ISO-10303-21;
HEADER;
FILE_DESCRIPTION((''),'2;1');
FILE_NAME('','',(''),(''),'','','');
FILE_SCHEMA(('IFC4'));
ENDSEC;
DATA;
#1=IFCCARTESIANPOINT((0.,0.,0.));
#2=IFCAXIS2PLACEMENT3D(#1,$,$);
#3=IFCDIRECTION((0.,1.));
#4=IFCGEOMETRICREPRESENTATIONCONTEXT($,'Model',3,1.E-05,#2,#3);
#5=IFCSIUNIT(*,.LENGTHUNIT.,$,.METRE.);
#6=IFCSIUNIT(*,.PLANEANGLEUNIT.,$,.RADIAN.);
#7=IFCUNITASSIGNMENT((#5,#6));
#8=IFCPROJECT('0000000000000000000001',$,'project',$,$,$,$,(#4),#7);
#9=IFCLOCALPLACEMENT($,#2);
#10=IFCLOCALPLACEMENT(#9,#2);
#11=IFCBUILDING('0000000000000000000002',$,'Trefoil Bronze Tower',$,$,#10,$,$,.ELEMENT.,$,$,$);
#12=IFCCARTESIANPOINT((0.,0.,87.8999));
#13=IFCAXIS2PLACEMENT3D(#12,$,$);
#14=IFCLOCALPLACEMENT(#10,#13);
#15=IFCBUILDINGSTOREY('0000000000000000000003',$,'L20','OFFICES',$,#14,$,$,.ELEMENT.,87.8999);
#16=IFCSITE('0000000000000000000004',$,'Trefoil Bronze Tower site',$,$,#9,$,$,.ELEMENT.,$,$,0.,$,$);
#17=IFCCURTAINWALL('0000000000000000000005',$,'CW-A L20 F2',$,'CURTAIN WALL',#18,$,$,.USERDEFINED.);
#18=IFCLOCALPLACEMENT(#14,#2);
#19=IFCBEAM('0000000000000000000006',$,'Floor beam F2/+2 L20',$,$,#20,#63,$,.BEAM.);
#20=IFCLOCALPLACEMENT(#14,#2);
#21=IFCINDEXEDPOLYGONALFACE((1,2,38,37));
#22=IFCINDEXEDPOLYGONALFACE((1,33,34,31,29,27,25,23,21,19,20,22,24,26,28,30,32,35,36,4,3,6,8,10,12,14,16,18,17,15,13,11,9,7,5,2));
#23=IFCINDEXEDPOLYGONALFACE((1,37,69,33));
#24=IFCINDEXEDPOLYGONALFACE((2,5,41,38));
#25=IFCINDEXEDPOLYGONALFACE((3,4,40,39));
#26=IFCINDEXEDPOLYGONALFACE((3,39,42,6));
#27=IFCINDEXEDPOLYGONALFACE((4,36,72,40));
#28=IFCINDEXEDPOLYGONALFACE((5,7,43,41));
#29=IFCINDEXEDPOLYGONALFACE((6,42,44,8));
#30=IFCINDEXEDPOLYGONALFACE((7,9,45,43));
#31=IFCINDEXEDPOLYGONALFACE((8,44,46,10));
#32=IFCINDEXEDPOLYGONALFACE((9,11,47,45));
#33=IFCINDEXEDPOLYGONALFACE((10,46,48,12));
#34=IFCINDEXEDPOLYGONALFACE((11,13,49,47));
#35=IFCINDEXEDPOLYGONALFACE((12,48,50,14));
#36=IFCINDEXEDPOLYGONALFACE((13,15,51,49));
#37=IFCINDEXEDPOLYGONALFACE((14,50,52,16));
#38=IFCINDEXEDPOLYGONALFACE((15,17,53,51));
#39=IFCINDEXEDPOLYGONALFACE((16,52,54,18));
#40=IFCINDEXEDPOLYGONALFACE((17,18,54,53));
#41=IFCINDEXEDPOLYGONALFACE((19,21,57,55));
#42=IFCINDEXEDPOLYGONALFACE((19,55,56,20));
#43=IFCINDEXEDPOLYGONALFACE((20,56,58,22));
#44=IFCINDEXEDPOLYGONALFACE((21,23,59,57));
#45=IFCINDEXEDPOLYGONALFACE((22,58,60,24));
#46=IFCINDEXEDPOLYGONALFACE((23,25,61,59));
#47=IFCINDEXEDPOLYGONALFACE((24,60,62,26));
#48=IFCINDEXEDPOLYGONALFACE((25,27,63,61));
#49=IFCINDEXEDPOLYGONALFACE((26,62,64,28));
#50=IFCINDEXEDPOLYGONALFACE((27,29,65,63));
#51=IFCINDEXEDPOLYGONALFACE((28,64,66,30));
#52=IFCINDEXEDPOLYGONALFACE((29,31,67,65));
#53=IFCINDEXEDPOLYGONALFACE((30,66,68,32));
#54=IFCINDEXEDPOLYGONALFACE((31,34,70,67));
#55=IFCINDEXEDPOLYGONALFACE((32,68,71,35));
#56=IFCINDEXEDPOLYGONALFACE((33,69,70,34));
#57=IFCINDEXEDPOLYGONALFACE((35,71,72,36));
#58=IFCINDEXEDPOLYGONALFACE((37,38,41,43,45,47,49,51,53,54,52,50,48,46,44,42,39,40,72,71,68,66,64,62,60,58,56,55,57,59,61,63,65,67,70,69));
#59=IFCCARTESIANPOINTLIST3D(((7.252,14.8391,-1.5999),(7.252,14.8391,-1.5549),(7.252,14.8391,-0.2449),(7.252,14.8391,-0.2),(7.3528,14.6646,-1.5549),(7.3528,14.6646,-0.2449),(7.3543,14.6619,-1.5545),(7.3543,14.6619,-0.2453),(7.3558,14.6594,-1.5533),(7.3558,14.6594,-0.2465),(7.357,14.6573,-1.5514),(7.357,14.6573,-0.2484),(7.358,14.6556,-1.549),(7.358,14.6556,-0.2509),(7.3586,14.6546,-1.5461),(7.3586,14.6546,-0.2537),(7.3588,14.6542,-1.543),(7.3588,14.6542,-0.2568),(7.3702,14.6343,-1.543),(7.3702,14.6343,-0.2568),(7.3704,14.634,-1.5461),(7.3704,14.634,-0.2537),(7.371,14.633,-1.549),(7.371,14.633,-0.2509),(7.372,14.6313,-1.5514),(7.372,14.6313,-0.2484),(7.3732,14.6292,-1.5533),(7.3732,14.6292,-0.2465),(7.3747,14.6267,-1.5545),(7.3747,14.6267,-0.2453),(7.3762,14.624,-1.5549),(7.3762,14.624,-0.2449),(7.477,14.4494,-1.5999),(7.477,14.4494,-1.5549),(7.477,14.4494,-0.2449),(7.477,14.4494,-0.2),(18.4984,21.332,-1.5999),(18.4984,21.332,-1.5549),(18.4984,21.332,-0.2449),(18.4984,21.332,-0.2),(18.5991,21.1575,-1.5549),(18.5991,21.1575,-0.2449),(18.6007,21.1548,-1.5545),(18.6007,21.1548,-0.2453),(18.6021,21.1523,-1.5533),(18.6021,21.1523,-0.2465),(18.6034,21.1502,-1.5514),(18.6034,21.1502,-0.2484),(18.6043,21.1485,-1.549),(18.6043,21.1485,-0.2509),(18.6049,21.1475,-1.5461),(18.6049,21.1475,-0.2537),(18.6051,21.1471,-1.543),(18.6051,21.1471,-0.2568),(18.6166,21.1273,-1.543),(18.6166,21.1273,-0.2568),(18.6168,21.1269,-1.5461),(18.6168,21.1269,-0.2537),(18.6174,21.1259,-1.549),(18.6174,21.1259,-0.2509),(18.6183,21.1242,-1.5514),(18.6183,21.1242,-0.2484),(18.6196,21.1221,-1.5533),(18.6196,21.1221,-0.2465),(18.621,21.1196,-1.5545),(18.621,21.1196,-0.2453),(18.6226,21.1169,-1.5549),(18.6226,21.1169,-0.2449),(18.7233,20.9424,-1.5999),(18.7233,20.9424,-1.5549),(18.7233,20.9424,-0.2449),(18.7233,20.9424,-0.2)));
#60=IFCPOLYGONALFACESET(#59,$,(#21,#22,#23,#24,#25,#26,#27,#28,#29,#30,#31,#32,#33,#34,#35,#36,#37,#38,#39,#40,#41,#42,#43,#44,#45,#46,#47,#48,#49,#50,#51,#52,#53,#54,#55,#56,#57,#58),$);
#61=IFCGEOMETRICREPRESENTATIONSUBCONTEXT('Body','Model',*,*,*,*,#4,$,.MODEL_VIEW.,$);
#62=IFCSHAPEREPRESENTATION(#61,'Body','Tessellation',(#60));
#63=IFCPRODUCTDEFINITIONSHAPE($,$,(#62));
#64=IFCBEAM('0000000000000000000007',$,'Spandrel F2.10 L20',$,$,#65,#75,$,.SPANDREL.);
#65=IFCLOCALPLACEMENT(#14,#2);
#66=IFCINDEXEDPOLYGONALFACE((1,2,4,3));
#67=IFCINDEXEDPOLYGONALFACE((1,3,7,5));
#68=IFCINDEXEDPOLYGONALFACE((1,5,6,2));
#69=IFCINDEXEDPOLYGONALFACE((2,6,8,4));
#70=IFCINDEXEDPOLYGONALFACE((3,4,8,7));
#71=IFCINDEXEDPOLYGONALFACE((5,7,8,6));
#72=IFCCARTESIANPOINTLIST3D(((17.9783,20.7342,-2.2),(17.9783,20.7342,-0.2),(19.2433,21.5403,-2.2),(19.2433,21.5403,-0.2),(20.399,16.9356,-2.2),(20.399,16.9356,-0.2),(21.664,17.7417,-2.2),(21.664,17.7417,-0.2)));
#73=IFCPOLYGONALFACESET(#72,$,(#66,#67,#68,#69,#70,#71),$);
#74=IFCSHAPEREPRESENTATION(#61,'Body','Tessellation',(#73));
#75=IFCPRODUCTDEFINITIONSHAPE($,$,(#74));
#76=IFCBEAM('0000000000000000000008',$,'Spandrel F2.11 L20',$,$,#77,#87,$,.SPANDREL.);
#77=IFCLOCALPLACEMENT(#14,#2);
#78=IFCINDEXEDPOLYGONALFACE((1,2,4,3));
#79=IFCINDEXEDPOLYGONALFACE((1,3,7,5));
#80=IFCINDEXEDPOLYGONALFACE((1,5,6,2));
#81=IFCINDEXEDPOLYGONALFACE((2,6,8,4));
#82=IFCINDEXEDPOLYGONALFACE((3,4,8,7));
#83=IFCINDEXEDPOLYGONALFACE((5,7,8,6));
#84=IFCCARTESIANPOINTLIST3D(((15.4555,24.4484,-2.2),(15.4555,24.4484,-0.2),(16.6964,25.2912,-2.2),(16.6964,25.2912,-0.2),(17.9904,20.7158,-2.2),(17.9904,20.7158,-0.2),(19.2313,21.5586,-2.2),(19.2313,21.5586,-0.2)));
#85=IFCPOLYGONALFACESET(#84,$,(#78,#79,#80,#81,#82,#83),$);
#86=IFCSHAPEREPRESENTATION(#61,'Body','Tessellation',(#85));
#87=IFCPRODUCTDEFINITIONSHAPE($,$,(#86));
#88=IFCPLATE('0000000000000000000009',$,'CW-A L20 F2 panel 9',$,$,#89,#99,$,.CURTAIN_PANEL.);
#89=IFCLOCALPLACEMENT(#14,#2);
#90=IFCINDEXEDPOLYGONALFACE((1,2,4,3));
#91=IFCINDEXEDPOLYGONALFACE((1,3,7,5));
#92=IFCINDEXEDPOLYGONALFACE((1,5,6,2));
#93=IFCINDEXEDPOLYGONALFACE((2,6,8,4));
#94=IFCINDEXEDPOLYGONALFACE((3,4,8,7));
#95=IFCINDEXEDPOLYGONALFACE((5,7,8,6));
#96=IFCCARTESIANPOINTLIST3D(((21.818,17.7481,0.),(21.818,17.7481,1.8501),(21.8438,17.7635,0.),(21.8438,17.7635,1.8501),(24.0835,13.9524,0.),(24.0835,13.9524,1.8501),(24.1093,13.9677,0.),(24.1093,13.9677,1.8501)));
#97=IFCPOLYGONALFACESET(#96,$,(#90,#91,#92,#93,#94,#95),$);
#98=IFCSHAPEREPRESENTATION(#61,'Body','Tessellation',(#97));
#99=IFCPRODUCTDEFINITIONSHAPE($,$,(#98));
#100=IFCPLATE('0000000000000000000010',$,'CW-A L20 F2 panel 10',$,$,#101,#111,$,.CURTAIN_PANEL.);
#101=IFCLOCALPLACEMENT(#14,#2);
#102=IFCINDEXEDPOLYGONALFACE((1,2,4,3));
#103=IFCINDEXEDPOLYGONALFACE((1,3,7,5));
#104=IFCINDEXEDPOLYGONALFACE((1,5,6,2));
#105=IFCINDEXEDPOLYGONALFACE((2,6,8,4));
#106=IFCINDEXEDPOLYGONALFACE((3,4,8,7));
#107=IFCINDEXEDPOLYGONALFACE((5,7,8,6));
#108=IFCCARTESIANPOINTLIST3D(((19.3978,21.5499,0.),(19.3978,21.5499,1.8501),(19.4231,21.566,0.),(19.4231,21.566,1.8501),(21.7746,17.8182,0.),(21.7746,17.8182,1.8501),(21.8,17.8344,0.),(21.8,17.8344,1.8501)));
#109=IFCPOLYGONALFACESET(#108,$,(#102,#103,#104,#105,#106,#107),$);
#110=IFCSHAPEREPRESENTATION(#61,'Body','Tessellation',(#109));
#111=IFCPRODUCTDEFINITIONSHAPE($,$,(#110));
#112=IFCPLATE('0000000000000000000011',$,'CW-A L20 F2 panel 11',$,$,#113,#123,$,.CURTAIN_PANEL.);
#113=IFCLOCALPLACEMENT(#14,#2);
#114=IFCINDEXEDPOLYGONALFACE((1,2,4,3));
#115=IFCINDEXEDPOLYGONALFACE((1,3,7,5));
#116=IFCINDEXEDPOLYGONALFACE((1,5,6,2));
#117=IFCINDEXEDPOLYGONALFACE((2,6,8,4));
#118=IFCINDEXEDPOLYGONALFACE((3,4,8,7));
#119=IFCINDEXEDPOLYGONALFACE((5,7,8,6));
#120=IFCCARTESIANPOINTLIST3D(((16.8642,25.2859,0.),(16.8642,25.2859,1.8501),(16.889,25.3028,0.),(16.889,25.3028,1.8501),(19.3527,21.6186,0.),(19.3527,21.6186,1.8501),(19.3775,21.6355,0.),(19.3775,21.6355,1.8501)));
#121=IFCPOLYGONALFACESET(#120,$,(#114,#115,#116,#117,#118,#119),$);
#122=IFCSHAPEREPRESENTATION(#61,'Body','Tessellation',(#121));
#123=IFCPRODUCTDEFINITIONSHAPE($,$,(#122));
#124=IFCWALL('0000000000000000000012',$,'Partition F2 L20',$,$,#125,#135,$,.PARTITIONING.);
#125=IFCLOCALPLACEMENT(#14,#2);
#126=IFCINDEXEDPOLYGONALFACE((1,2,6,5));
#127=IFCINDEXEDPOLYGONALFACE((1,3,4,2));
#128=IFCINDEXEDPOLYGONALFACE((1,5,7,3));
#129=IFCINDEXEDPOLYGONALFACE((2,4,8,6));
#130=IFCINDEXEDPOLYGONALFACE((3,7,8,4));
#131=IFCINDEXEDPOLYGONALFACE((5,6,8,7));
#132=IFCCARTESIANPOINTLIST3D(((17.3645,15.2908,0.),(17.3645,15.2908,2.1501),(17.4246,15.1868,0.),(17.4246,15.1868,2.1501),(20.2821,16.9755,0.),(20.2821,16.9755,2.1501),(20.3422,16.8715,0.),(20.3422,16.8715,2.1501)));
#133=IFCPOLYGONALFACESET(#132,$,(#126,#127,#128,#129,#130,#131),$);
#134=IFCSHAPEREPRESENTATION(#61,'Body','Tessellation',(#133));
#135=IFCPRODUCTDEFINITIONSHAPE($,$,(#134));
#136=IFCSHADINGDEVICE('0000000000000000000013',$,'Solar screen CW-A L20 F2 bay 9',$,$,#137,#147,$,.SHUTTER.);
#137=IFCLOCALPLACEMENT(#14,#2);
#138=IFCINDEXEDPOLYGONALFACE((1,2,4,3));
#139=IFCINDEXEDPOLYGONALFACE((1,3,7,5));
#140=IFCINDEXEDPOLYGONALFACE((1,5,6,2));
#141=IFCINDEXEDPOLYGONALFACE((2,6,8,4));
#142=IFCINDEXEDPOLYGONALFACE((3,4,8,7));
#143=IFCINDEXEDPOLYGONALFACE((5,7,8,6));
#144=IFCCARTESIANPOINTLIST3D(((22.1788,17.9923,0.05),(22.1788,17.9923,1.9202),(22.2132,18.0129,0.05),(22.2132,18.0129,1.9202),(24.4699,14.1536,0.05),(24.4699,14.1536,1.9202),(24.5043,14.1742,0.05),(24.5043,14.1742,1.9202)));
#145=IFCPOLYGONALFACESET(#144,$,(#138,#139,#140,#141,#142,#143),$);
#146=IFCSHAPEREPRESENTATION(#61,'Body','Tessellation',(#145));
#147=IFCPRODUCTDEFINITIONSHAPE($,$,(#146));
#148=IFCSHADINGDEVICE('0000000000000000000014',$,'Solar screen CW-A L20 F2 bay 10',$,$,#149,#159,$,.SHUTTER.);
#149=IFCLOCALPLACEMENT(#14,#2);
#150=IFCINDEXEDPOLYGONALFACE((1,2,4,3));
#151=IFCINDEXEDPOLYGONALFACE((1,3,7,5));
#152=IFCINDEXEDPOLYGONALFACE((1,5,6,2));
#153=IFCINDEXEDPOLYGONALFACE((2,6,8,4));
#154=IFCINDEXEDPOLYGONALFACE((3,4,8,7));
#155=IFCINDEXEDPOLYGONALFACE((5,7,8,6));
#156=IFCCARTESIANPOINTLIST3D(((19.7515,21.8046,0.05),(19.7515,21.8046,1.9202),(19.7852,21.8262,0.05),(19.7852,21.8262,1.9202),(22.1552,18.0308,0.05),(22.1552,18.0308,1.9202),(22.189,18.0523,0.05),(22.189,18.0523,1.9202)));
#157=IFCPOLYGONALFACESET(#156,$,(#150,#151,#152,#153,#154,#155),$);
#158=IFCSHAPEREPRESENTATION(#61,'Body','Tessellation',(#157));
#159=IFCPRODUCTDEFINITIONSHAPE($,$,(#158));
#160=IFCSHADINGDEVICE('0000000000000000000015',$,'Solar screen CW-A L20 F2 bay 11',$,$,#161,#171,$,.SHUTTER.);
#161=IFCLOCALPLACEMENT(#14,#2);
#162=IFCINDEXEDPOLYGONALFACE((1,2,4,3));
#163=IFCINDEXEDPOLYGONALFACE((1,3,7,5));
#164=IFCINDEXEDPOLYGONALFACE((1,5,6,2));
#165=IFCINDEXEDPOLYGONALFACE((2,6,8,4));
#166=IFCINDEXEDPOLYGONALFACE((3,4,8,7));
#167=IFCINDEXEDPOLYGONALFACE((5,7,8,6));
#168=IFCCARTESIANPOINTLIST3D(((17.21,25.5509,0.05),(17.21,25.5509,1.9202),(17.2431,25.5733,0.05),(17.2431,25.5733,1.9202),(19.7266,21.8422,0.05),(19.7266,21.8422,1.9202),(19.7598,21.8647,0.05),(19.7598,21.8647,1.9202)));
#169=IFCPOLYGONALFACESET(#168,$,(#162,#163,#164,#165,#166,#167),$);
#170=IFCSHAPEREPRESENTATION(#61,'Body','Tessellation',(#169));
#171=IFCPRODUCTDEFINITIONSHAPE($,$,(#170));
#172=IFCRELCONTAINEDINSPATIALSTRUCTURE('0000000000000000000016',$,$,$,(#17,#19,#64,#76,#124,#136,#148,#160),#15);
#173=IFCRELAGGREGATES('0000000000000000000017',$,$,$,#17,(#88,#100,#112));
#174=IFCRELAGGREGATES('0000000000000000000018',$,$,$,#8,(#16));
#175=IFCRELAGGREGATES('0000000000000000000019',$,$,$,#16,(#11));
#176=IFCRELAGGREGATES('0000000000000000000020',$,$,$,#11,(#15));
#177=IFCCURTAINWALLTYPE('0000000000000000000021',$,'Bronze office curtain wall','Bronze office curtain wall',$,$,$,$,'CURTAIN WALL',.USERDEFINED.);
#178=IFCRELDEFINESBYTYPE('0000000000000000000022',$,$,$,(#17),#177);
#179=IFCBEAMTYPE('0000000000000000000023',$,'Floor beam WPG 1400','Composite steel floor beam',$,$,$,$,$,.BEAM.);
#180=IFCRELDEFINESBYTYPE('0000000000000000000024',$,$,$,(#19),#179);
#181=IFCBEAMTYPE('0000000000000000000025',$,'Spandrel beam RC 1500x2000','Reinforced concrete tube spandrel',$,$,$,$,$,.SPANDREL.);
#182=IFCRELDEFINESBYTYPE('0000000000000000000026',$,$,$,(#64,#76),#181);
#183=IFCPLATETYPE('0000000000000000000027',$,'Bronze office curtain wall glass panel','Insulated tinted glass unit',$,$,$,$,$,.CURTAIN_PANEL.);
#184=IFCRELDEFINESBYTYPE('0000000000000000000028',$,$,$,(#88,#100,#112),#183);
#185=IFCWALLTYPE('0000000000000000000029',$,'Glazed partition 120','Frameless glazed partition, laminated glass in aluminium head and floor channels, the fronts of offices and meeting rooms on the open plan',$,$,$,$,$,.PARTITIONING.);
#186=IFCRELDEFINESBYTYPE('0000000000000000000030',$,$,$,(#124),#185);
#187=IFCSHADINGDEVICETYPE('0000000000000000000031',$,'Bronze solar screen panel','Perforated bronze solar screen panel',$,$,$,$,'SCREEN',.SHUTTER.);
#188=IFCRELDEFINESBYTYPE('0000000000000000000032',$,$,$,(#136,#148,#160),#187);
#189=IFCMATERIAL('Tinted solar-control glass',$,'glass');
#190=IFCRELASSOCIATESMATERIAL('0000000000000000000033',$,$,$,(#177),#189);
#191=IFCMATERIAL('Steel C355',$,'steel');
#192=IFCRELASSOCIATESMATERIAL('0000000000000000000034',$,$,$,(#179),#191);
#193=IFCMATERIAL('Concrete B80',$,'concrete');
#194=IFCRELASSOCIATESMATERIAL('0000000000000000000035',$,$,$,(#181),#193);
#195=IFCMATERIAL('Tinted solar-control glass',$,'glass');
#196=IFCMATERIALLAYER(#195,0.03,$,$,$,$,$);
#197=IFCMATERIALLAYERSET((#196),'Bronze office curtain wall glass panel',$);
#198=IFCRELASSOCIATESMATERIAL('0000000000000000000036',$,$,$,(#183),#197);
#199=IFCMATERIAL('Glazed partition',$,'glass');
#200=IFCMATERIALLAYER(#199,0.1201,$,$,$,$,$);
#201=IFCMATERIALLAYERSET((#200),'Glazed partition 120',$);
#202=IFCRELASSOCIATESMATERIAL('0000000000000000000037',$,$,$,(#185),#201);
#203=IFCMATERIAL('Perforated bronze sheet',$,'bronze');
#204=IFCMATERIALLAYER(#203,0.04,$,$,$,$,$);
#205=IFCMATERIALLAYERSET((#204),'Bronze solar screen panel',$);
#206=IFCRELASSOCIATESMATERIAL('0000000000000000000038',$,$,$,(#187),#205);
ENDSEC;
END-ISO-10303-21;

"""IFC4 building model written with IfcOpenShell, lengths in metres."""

from ifc_helpers import new_model, si_unit, direction, frame, frame_2d, origin, origin_2d, place, context, subcontext, project, spatial, rectangle, i_section, extrude, material, layer, layer_set, material_profile, profile_set, type_object, element, aggregate, save


model = new_model("IFC4")

# Units and contexts
model_context = context("Model", 3, precision=1e-05, world=origin(), true_north=direction((0.0, 1.0)))
body_context = subcontext(model_context, "Body", "Model", "MODEL_VIEW")
ifc_project = project(units=[si_unit("LENGTHUNIT", "METRE"), si_unit("PLANEANGLEUNIT", "RADIAN")], contexts=[model_context])

# Site, building, storey
site_placement = place(None, origin())
site = spatial("IfcSite", under=ifc_project, at=site_placement, Name="Trefoil Bronze Tower site", CompositionType="ELEMENT", RefElevation=0.0)
building_placement = place(site_placement, origin())
building = spatial("IfcBuilding", under=site, at=building_placement, Name="Trefoil Bronze Tower", CompositionType="ELEMENT")
storey_placement = place(building_placement, frame((0.0, 0.0, 87.8999)))
storey = spatial("IfcBuildingStorey", under=building, at=storey_placement, Name="L20", Description="OFFICES", CompositionType="ELEMENT", Elevation=87.8999)

# Curtain wall
ifc_material_1 = material(Name="Tinted solar-control glass", Category="glass")
curtain_wall_type = type_object("IfcCurtainWallType", Name="Bronze office curtain wall", Description="Bronze office curtain wall", ElementType="CURTAIN WALL", PredefinedType="USERDEFINED", material=ifc_material_1)
curtain_wall_placement = place(storey_placement, origin())
curtain_wall = element("IfcCurtainWall", 1, at=curtain_wall_placement, inside=storey, type_object=curtain_wall_type, Name="CW-A L20 F2", ObjectType="CURTAIN WALL", PredefinedType="USERDEFINED")

# Beams
ifc_material_2 = material(Name="Steel C355", Category="steel")
ifc_material_profile_1 = material_profile(ifc_material_2, i_section(OverallWidth=0.45, OverallDepth=1.3999, WebThickness=0.0229, FlangeThickness=0.0449, FilletRadius=0.012, at=origin_2d()), Name="WPG 1400")
ifc_profile_set_1 = profile_set([ifc_material_profile_1], Name="Steel C355")
beam_type_1 = type_object("IfcBeamType", Name="Floor beam WPG 1400", Description="Composite steel floor beam", PredefinedType="BEAM", material=ifc_profile_set_1)
beam_1_placement = place(storey_placement, frame((18.6108, 21.1372, -0.8999), z_axis=(-0.866031, -0.499991, 0.0), x_axis=(0.499991, -0.866031, 0.0)))
element("IfcBeam", 2, at=beam_1_placement, inside=storey, type_object=beam_type_1, Name="Floor beam F2/+2 L20", PredefinedType="BEAM", context=body_context, shape_type="SweptSolid", body=[
    extrude(i_section(OverallWidth=0.45, OverallDepth=1.3999, WebThickness=0.0229, FlangeThickness=0.0449, FilletRadius=0.012, at=origin_2d()), origin(), (0.0, 0.0, 1.0), 12.9861),
])
ifc_material_3 = material(Name="Concrete B80", Category="concrete")
ifc_material_profile_2 = material_profile(ifc_material_3, rectangle(XDim=1.5, YDim=2.0, at=origin_2d()), Name="RC 1500x2000")
ifc_profile_set_2 = profile_set([ifc_material_profile_2], Name="Concrete B80")
beam_type_2 = type_object("IfcBeamType", Name="Spandrel beam RC 1500x2000", Description="Reinforced concrete tube spandrel", PredefinedType="SPANDREL", material=ifc_profile_set_2)
beam_2_placement = place(storey_placement, frame((21.0315, 17.3386, -1.2), z_axis=(-0.537408, 0.843322, 0.0), x_axis=(-0.843322, -0.537408, 0.0)))
element("IfcBeam", 3, at=beam_2_placement, inside=storey, type_object=beam_type_2, Name="Spandrel F2.10 L20", PredefinedType="SPANDREL", context=body_context, shape_type="SweptSolid", body=[
    extrude(rectangle(XDim=1.5, YDim=2.0, at=origin_2d()), origin(), (0.0, 0.0, 1.0), 4.5044),
])
beam_3_placement = place(storey_placement, frame((18.6108, 21.1372, -1.2), z_axis=(-0.56181, 0.827267, 0.0), x_axis=(-0.827267, -0.56181, 0.0)))
element("IfcBeam", 4, at=beam_3_placement, inside=storey, type_object=beam_type_2, Name="Spandrel F2.11 L20", PredefinedType="SPANDREL", context=body_context, shape_type="SweptSolid", body=[
    extrude(rectangle(XDim=1.5, YDim=2.0, at=origin_2d()), origin(), (0.0, 0.0, 1.0), 4.512),
])

# Plates
ifc_material_4 = material(Name="Tinted solar-control glass", Category="glass")
ifc_layer_1 = layer(ifc_material_4, 0.03)
ifc_layer_set_1 = layer_set([ifc_layer_1], Name="Bronze office curtain wall glass panel")
plate_type = type_object("IfcPlateType", Name="Bronze office curtain wall glass panel", Description="Insulated tinted glass unit", PredefinedType="CURTAIN_PANEL", material=ifc_layer_set_1)
plate_1_placement = place(storey_placement, frame((22.9636, 15.8579, 0.0), z_axis=(0.0, 0.0, 1.0), x_axis=(-0.512513, 0.85868, 0.0)))
plate_1 = element("IfcPlate", 5, at=plate_1_placement, type_object=plate_type, Name="CW-A L20 F2 panel 9", PredefinedType="CURTAIN_PANEL", context=body_context, shape_type="SweptSolid", body=[
    extrude(rectangle(XDim=4.4204, YDim=0.03, at=origin_2d()), origin(), (0.0, 0.0, 1.0), 1.8501),
])
plate_2_placement = place(storey_placement, frame((20.5989, 19.6921, 0.0), z_axis=(0.0, 0.0, 1.0), x_axis=(-0.537222, 0.843441, 0.0)))
plate_2 = element("IfcPlate", 6, at=plate_2_placement, type_object=plate_type, Name="CW-A L20 F2 panel 10", PredefinedType="CURTAIN_PANEL", context=body_context, shape_type="SweptSolid", body=[
    extrude(rectangle(XDim=4.4243, YDim=0.03, at=origin_2d()), origin(), (0.0, 0.0, 1.0), 1.8501),
])
plate_3_placement = place(storey_placement, frame((18.1208, 23.4607, 0.0), z_axis=(0.0, 0.0, 1.0), x_axis=(-0.56151, 0.82747, 0.0)))
plate_3 = element("IfcPlate", 7, at=plate_3_placement, type_object=plate_type, Name="CW-A L20 F2 panel 11", PredefinedType="CURTAIN_PANEL", context=body_context, shape_type="SweptSolid", body=[
    extrude(rectangle(XDim=4.4319, YDim=0.03, at=origin_2d()), origin(), (0.0, 0.0, 1.0), 1.8501),
])
aggregate(curtain_wall, [plate_1, plate_2, plate_3])

# Wall
ifc_material_5 = material(Name="Glazed partition", Category="glass")
ifc_layer_2 = layer(ifc_material_5, 0.1201)
ifc_layer_set_2 = layer_set([ifc_layer_2], Name="Glazed partition 120")
wall_type = type_object("IfcWallType", Name="Glazed partition 120", Description="Frameless glazed partition, laminated glass in aluminium head and floor channels, the fronts of offices and meeting rooms on the open plan", PredefinedType="PARTITIONING", material=ifc_layer_set_2)
wall_placement = place(storey_placement, frame((17.3945, 15.2388, 0.0), z_axis=(0.0, 0.0, 1.0), x_axis=(0.865991, 0.500059, 0.0)))
element("IfcWall", 8, at=wall_placement, inside=storey, type_object=wall_type, Name="Partition F2 L20", PredefinedType="PARTITIONING", context=body_context, shape_type="SweptSolid", body=[
    extrude(rectangle(XDim=3.3691, YDim=0.1201, at=frame_2d((1.6846, 0.0))), origin(), (0.0, 0.0, 1.0), 2.1501),
])

# Shading devices
ifc_material_6 = material(Name="Perforated bronze sheet", Category="bronze")
ifc_layer_3 = layer(ifc_material_6, 0.04)
ifc_layer_set_3 = layer_set([ifc_layer_3], Name="Bronze solar screen panel")
shading_device_type = type_object("IfcShadingDeviceType", Name="Bronze solar screen panel", Description="Perforated bronze solar screen panel", ElementType="SCREEN", PredefinedType="SHUTTER", material=ifc_layer_set_3)
shading_device_1_placement = place(storey_placement, frame((23.3416, 16.0833, 0.05), z_axis=(0.0, 0.0, 1.0), x_axis=(-0.512513, 0.85868, 0.0)))
element("IfcShadingDevice", 9, at=shading_device_1_placement, inside=storey, type_object=shading_device_type, Name="Solar screen CW-A L20 F2 bay 9", PredefinedType="SHUTTER", context=body_context, shape_type="SweptSolid", body=[
    extrude(rectangle(XDim=4.4705, YDim=0.04, at=origin_2d()), origin(), (0.0, 0.0, 1.0), 1.8701),
])
shading_device_2_placement = place(storey_placement, frame((20.9702, 19.9285, 0.05), z_axis=(0.0, 0.0, 1.0), x_axis=(-0.537222, 0.843441, 0.0)))
element("IfcShadingDevice", 10, at=shading_device_2_placement, inside=storey, type_object=shading_device_type, Name="Solar screen CW-A L20 F2 bay 10", PredefinedType="SHUTTER", context=body_context, shape_type="SweptSolid", body=[
    extrude(rectangle(XDim=4.4744, YDim=0.04, at=origin_2d()), origin(), (0.0, 0.0, 1.0), 1.8701),
])
shading_device_3_placement = place(storey_placement, frame((18.4849, 23.7078, 0.05), z_axis=(0.0, 0.0, 1.0), x_axis=(-0.56151, 0.82747, 0.0)))
element("IfcShadingDevice", 11, at=shading_device_3_placement, inside=storey, type_object=shading_device_type, Name="Solar screen CW-A L20 F2 bay 11", PredefinedType="SHUTTER", context=body_context, shape_type="SweptSolid", body=[
    extrude(rectangle(XDim=4.4819, YDim=0.04, at=origin_2d()), origin(), (0.0, 0.0, 1.0), 1.8701),
])

save(model, "model.ifc")
